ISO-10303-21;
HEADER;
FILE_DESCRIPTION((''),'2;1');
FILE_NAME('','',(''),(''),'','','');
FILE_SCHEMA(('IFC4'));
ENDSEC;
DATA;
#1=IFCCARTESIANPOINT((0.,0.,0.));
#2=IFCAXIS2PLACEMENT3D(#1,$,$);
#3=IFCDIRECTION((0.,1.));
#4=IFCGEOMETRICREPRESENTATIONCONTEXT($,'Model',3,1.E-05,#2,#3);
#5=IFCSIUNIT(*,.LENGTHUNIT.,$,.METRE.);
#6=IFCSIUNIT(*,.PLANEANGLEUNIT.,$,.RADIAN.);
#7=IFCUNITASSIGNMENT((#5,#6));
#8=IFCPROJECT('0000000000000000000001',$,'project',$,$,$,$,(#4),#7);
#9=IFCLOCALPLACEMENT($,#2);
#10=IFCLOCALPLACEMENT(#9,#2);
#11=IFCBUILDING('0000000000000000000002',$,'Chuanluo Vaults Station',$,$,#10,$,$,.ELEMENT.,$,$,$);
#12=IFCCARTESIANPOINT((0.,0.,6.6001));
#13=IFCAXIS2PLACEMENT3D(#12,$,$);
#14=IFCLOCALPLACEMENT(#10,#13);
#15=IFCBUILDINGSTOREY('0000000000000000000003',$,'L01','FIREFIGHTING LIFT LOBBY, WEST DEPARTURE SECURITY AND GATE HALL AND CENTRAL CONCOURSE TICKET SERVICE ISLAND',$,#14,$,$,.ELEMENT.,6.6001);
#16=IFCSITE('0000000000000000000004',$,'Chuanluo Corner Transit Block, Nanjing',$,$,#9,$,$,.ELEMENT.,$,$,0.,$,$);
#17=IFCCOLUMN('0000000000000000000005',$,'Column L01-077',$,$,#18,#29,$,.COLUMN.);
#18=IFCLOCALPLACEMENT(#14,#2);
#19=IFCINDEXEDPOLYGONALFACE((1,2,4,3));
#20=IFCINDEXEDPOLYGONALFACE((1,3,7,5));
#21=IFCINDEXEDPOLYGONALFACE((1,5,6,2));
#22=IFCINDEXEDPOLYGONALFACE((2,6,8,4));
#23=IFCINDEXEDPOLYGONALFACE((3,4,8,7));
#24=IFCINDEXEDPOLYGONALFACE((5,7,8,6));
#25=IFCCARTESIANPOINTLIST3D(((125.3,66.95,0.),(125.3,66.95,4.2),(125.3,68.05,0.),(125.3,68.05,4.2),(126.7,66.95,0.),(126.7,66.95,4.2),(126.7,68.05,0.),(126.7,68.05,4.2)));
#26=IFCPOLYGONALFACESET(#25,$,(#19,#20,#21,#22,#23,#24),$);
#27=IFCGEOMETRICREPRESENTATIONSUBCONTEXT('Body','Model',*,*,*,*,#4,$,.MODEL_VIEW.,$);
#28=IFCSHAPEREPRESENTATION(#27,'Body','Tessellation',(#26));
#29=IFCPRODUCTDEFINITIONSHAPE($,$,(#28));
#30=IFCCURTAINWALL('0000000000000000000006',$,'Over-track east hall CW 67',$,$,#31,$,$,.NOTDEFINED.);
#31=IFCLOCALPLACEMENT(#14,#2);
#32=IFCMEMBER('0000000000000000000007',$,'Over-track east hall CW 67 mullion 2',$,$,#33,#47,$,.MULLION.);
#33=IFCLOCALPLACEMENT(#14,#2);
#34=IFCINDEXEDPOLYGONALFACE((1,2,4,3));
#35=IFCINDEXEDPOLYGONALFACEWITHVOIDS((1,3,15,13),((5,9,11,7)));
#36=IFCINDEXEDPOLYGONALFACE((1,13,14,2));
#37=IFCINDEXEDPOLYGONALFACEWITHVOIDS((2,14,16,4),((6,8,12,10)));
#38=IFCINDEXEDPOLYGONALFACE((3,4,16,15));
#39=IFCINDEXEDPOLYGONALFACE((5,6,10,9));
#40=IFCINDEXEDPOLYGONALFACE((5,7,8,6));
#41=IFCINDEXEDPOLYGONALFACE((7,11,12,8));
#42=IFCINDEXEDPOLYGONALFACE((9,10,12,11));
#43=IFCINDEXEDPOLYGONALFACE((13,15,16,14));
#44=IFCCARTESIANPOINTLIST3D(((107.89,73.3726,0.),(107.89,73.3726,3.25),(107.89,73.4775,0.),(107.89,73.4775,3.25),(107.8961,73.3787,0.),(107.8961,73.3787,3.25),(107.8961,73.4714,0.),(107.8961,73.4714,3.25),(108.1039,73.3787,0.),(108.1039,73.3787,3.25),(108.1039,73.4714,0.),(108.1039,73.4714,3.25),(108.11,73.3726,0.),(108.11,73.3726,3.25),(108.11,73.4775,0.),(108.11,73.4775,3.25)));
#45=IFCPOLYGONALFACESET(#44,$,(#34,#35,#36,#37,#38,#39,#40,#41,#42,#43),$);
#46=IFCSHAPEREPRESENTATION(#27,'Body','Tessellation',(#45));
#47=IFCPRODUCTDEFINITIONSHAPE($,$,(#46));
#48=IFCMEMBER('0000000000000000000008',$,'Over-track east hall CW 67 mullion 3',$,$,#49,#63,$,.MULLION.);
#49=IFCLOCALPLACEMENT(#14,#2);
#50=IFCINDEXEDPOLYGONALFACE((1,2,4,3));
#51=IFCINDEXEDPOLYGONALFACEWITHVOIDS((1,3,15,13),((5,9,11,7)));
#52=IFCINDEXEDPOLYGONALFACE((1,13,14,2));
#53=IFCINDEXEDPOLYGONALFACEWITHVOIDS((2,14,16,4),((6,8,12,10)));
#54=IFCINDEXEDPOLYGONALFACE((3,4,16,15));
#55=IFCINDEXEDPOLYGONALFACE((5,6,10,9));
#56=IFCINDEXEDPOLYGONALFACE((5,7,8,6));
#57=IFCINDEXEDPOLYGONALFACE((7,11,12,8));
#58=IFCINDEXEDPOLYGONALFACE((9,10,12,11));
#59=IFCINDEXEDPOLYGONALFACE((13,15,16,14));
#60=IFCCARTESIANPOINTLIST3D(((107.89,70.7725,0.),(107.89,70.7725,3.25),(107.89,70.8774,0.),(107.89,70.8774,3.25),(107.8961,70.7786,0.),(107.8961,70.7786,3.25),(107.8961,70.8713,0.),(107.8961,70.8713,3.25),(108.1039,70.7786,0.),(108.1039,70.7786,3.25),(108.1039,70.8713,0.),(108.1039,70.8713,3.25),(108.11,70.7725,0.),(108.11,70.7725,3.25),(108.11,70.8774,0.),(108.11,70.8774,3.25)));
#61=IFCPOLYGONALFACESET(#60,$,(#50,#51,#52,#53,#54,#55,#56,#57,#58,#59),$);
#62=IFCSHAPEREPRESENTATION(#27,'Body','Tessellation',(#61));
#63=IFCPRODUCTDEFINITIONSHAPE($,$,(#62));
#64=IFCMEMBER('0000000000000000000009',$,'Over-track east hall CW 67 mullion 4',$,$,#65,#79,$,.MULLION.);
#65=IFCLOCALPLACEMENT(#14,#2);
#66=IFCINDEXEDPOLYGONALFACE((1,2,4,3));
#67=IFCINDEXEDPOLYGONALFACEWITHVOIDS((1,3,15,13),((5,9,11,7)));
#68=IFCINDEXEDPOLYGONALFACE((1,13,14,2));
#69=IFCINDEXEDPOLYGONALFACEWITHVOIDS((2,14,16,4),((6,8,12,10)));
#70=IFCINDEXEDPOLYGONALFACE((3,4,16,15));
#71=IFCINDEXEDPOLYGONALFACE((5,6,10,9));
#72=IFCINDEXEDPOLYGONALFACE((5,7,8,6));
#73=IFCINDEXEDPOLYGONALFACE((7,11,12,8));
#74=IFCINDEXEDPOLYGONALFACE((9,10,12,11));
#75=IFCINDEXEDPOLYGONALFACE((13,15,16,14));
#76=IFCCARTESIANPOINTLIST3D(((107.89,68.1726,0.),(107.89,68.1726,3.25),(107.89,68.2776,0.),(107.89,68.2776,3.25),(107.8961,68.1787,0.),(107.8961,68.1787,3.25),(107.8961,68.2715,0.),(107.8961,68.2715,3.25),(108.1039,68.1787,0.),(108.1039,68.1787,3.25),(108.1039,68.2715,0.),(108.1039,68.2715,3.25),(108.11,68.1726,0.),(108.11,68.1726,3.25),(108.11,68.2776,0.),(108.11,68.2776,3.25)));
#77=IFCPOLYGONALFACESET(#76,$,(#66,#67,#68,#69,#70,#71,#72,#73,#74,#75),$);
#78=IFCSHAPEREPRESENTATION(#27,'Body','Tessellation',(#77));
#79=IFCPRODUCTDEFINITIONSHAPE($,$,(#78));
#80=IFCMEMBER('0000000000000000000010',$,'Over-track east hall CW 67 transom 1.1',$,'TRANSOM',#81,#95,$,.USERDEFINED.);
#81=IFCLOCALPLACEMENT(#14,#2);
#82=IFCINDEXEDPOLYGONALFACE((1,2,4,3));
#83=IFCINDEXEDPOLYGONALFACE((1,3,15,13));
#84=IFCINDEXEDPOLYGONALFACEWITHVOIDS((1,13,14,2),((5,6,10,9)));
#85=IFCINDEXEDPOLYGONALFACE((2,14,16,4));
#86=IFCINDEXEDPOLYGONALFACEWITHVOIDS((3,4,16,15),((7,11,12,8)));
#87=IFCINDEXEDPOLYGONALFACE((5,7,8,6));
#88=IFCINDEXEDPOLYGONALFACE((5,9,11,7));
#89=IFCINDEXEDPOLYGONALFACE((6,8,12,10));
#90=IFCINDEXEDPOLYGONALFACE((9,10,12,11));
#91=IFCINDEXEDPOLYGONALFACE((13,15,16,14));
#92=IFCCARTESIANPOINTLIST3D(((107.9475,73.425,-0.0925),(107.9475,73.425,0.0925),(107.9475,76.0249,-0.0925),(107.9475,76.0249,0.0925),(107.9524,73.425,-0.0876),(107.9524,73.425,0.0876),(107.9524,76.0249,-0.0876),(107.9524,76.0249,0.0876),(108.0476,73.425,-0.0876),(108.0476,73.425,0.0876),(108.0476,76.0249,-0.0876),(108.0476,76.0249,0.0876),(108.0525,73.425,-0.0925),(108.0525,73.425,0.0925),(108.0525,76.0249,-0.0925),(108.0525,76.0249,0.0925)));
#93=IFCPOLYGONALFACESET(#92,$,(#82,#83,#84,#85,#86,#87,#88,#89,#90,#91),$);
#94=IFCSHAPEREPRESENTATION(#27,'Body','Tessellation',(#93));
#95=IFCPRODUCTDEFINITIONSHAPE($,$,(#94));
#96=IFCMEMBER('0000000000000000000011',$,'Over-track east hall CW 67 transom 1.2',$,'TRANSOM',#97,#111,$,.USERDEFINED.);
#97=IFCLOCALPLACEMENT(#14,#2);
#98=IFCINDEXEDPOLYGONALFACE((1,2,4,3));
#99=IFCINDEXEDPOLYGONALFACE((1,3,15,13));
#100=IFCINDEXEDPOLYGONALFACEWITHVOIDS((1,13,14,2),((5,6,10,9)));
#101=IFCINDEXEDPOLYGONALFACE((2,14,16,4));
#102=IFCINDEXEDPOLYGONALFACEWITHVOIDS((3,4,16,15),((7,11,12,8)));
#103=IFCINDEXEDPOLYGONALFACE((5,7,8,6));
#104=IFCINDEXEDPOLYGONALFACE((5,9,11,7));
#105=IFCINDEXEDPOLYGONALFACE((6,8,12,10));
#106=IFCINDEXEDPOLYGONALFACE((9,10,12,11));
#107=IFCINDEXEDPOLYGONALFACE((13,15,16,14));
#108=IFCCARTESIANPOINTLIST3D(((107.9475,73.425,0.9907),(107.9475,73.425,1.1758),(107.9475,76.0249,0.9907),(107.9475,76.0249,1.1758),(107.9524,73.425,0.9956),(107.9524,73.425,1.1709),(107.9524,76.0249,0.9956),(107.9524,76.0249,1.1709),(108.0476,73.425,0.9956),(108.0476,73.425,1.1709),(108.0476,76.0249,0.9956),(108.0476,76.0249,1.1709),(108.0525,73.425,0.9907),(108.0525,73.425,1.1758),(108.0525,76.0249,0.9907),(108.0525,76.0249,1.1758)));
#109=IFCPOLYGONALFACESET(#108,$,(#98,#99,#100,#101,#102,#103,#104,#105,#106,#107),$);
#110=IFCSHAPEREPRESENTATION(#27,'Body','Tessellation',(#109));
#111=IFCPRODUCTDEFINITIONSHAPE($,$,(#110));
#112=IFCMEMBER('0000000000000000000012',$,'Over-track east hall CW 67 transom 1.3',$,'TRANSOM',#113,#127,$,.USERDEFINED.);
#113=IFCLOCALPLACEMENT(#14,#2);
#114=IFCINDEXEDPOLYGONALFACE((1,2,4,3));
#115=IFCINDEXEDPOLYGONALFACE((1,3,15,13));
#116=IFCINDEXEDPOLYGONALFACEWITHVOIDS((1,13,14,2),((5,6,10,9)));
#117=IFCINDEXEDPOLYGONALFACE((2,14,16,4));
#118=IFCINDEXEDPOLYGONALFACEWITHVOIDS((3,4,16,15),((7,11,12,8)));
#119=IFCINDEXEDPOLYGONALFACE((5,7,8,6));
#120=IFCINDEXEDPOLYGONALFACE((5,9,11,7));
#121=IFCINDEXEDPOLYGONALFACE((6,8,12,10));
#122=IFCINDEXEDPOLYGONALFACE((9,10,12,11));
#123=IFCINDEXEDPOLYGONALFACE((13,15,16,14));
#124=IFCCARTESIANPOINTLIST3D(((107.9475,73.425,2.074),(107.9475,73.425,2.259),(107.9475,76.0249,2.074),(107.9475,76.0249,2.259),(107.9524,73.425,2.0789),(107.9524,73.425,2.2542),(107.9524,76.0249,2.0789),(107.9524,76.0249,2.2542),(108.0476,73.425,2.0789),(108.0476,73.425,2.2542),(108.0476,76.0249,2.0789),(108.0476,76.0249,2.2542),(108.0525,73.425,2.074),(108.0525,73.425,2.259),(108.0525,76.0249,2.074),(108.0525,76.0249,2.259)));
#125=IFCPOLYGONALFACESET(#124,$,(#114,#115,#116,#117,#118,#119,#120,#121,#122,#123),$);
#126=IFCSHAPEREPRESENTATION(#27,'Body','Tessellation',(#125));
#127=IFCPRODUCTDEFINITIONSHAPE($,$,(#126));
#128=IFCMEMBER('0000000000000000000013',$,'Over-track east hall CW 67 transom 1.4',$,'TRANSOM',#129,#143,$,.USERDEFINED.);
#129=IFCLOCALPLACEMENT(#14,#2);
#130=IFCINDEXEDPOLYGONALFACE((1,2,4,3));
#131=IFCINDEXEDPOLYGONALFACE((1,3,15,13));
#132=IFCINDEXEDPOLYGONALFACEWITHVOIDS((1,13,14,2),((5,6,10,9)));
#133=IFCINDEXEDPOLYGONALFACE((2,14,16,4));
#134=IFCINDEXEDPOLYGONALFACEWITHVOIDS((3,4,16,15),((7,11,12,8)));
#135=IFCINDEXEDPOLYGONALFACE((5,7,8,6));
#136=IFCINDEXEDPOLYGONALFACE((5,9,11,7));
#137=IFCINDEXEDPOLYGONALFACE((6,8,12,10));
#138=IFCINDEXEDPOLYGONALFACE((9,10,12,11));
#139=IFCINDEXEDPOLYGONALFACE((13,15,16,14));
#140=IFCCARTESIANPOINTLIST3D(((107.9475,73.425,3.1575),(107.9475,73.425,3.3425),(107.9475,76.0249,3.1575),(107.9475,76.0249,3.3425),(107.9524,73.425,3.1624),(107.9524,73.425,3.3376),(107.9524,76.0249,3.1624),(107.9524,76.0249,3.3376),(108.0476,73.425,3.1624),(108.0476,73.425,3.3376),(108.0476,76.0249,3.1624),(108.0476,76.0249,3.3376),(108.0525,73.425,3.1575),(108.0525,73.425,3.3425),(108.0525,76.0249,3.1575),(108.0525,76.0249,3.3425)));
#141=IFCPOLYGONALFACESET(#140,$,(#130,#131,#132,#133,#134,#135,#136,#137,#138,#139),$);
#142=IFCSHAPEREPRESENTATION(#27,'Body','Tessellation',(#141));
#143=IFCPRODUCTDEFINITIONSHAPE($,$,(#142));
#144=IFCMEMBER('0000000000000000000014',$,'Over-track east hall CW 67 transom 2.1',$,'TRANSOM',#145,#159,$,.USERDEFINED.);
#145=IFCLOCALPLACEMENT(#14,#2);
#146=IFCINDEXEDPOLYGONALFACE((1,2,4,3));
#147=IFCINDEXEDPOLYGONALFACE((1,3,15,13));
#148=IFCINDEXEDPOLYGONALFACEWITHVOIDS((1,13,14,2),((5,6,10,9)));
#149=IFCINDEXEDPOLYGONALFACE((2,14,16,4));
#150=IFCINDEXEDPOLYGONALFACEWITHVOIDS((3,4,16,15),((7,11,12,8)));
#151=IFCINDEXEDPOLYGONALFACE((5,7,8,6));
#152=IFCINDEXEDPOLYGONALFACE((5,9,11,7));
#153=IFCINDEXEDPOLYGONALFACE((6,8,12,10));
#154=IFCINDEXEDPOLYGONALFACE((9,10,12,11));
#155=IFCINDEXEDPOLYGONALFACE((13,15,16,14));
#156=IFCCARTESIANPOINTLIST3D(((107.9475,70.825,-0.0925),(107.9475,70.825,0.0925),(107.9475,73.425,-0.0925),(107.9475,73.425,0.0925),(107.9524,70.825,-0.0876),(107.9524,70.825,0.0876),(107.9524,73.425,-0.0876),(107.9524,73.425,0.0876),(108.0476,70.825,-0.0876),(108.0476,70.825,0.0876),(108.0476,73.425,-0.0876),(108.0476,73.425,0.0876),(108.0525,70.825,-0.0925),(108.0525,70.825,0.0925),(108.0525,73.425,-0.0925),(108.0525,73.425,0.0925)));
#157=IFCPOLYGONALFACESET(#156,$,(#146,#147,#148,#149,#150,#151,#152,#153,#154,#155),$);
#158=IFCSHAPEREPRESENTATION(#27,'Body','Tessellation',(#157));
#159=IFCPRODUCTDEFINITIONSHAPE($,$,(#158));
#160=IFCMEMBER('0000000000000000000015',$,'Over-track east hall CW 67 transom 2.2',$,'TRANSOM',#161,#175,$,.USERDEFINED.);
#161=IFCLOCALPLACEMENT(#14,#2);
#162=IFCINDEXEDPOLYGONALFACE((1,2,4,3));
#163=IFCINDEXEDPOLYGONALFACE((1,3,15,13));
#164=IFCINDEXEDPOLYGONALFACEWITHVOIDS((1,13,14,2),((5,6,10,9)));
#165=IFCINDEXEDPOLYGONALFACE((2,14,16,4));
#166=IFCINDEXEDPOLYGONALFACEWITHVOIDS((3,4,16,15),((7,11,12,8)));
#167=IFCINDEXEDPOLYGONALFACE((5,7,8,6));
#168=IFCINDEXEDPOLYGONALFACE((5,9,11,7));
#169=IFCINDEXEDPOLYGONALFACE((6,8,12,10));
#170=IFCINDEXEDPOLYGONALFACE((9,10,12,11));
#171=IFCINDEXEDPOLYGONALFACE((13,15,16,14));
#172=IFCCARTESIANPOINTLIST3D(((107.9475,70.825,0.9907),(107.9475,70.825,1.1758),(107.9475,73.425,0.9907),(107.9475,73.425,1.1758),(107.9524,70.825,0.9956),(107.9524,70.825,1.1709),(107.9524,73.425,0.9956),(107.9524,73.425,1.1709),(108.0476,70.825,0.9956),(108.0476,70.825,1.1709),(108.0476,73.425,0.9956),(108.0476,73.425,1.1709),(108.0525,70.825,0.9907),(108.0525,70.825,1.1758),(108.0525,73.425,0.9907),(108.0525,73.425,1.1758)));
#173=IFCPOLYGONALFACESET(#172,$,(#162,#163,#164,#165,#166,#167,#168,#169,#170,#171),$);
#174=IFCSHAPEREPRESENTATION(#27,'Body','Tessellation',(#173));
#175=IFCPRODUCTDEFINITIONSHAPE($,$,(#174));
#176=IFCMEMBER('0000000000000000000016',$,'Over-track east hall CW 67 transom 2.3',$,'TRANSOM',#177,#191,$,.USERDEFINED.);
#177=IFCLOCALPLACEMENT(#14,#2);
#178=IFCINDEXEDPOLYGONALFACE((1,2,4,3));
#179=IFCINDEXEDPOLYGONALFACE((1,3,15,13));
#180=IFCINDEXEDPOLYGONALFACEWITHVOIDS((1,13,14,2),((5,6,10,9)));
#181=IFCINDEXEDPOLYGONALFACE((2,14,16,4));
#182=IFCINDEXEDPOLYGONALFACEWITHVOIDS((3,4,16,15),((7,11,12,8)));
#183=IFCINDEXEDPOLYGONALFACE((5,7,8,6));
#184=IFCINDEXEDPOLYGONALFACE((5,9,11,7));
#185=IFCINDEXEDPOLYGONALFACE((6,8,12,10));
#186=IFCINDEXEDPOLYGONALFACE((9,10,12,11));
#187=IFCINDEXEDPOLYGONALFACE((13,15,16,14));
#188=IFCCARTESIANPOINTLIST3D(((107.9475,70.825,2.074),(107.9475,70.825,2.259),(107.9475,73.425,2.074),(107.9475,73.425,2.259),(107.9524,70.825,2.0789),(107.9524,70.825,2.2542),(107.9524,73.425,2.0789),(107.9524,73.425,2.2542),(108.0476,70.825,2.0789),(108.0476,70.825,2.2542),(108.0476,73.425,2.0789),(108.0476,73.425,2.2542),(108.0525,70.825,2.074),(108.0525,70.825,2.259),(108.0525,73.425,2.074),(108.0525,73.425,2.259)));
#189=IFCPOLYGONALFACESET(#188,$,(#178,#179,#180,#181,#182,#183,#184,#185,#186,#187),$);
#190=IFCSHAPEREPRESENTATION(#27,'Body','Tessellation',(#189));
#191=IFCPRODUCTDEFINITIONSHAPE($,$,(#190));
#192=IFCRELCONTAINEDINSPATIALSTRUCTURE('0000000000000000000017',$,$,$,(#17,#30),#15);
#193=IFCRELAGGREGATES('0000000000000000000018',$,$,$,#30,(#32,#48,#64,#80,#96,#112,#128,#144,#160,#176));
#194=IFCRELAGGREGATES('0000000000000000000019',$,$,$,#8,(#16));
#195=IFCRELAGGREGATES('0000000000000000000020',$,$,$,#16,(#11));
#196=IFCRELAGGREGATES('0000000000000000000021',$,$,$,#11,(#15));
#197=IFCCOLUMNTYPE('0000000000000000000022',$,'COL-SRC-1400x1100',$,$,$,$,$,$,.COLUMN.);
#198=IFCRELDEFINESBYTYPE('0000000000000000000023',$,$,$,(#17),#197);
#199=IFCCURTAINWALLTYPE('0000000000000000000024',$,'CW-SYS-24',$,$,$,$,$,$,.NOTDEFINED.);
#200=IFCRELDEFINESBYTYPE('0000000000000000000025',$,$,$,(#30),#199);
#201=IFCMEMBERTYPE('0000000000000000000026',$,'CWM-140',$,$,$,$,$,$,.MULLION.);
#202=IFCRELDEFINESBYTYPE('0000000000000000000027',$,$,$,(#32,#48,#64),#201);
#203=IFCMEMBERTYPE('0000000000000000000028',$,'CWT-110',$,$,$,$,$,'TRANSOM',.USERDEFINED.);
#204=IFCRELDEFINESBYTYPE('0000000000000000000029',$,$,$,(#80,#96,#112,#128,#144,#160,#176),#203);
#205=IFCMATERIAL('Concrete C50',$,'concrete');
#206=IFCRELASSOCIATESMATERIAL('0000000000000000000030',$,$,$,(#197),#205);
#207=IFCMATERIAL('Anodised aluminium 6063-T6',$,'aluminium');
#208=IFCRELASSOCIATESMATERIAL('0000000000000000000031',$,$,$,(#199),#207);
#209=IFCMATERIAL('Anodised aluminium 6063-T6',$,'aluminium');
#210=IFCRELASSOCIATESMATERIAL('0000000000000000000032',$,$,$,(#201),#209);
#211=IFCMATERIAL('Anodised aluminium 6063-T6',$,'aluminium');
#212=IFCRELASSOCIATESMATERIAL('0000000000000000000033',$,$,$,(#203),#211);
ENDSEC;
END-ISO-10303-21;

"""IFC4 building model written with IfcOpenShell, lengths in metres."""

from ifc_helpers import new_model, si_unit, direction, frame, origin, origin_2d, place, context, subcontext, project, spatial, rectangle, hollow_rectangle, extrude, material, material_profile, profile_set, type_object, element, aggregate, save


model = new_model("IFC4")

# Units and contexts
model_context = context("Model", 3, precision=1e-05, world=origin(), true_north=direction((0.0, 1.0)))
body_context = subcontext(model_context, "Body", "Model", "MODEL_VIEW")
ifc_project = project(units=[si_unit("LENGTHUNIT", "METRE"), si_unit("PLANEANGLEUNIT", "RADIAN")], contexts=[model_context])

# Site, building, storey
site_placement = place(None, origin())
site = spatial("IfcSite", under=ifc_project, at=site_placement, Name="Chuanluo Corner Transit Block, Nanjing", CompositionType="ELEMENT", RefElevation=0.0)
building_placement = place(site_placement, origin())
building = spatial("IfcBuilding", under=site, at=building_placement, Name="Chuanluo Vaults Station", CompositionType="ELEMENT")
storey_placement = place(building_placement, frame((0.0, 0.0, 6.6001)))
storey = spatial("IfcBuildingStorey", under=building, at=storey_placement, Name="L01", Description="FIREFIGHTING LIFT LOBBY, WEST DEPARTURE SECURITY AND GATE HALL AND CENTRAL CONCOURSE TICKET SERVICE ISLAND", CompositionType="ELEMENT", Elevation=6.6001)

# Column
ifc_material_1 = material(Name="Concrete C50", Category="concrete")
ifc_material_profile_1 = material_profile(ifc_material_1, rectangle(XDim=1.3999, YDim=1.1001, at=origin_2d()))
ifc_profile_set_1 = profile_set([ifc_material_profile_1], Name="Concrete C50")
column_type = type_object("IfcColumnType", Name="COL-SRC-1400x1100", PredefinedType="COLUMN", material=ifc_profile_set_1)
column_placement = place(storey_placement, frame((126.0, 67.5, 0.0), z_axis=(0.0, 0.0, 1.0), x_axis=(1.0, 0.0, 0.0)))
element("IfcColumn", 1, at=column_placement, inside=storey, type_object=column_type, Name="Column L01-077", PredefinedType="COLUMN", context=body_context, shape_type="SweptSolid", body=[
    extrude(rectangle(XDim=1.3999, YDim=1.1001, at=origin_2d()), origin(), (0.0, 0.0, 1.0), 4.2),
])

# Curtain wall, members
ifc_material_2 = material(Name="Anodised aluminium 6063-T6", Category="aluminium")
curtain_wall_type = type_object("IfcCurtainWallType", Name="CW-SYS-24", PredefinedType="NOTDEFINED", material=ifc_material_2)
curtain_wall_placement = place(storey_placement, origin())
curtain_wall = element("IfcCurtainWall", 2, at=curtain_wall_placement, inside=storey, type_object=curtain_wall_type, Name="Over-track east hall CW 67", PredefinedType="NOTDEFINED")
ifc_material_3 = material(Name="Anodised aluminium 6063-T6", Category="aluminium")
ifc_material_profile_2 = material_profile(ifc_material_3, hollow_rectangle(XDim=0.105, YDim=0.22, WallThickness=0.0061, at=origin_2d()))
ifc_profile_set_2 = profile_set([ifc_material_profile_2], Name="Anodised aluminium 6063-T6")
member_type_1 = type_object("IfcMemberType", Name="CWM-140", PredefinedType="MULLION", material=ifc_profile_set_2)
member_1_placement = place(storey_placement, frame((108.0, 73.425, 0.0), z_axis=(0.0, 0.0, 1.0), x_axis=(0.0, -1.0, 0.0)))
member_1 = element("IfcMember", 3, at=member_1_placement, type_object=member_type_1, Name="Over-track east hall CW 67 mullion 2", PredefinedType="MULLION", context=body_context, shape_type="SweptSolid", body=[
    extrude(hollow_rectangle(XDim=0.105, YDim=0.22, WallThickness=0.0061, at=origin_2d()), origin(), (0.0, 0.0, 1.0), 3.25),
])
member_2_placement = place(storey_placement, frame((108.0, 70.825, 0.0), z_axis=(0.0, 0.0, 1.0), x_axis=(0.0, -1.0, 0.0)))
member_2 = element("IfcMember", 4, at=member_2_placement, type_object=member_type_1, Name="Over-track east hall CW 67 mullion 3", PredefinedType="MULLION", context=body_context, shape_type="SweptSolid", body=[
    extrude(hollow_rectangle(XDim=0.105, YDim=0.22, WallThickness=0.0061, at=origin_2d()), origin(), (0.0, 0.0, 1.0), 3.25),
])
member_3_placement = place(storey_placement, frame((108.0, 68.2251, 0.0), z_axis=(0.0, 0.0, 1.0), x_axis=(0.0, -1.0, 0.0)))
member_3 = element("IfcMember", 5, at=member_3_placement, type_object=member_type_1, Name="Over-track east hall CW 67 mullion 4", PredefinedType="MULLION", context=body_context, shape_type="SweptSolid", body=[
    extrude(hollow_rectangle(XDim=0.105, YDim=0.22, WallThickness=0.0061, at=origin_2d()), origin(), (0.0, 0.0, 1.0), 3.25),
])
ifc_material_4 = material(Name="Anodised aluminium 6063-T6", Category="aluminium")
ifc_material_profile_3 = material_profile(ifc_material_4, hollow_rectangle(XDim=0.105, YDim=0.1851, WallThickness=0.0049, at=origin_2d()))
ifc_profile_set_3 = profile_set([ifc_material_profile_3], Name="Anodised aluminium 6063-T6")
member_type_2 = type_object("IfcMemberType", Name="CWT-110", ElementType="TRANSOM", PredefinedType="USERDEFINED", material=ifc_profile_set_3)
member_4_placement = place(storey_placement, frame((108.0, 76.0249, 0.0), z_axis=(0.0, -1.0, 0.0), x_axis=(1.0, 0.0, 0.0)))
member_4 = element("IfcMember", 6, at=member_4_placement, type_object=member_type_2, Name="Over-track east hall CW 67 transom 1.1", ObjectType="TRANSOM", PredefinedType="USERDEFINED", context=body_context, shape_type="SweptSolid", body=[
    extrude(hollow_rectangle(XDim=0.105, YDim=0.1851, WallThickness=0.0049, at=origin_2d()), origin(), (0.0, 0.0, 1.0), 2.5999),
])
member_5_placement = place(storey_placement, frame((108.0, 76.0249, 1.0833), z_axis=(0.0, -1.0, 0.0), x_axis=(1.0, 0.0, 0.0)))
member_5 = element("IfcMember", 7, at=member_5_placement, type_object=member_type_2, Name="Over-track east hall CW 67 transom 1.2", ObjectType="TRANSOM", PredefinedType="USERDEFINED", context=body_context, shape_type="SweptSolid", body=[
    extrude(hollow_rectangle(XDim=0.105, YDim=0.1851, WallThickness=0.0049, at=origin_2d()), origin(), (0.0, 0.0, 1.0), 2.5999),
])
member_6_placement = place(storey_placement, frame((108.0, 76.0249, 2.1665), z_axis=(0.0, -1.0, 0.0), x_axis=(1.0, 0.0, 0.0)))
member_6 = element("IfcMember", 8, at=member_6_placement, type_object=member_type_2, Name="Over-track east hall CW 67 transom 1.3", ObjectType="TRANSOM", PredefinedType="USERDEFINED", context=body_context, shape_type="SweptSolid", body=[
    extrude(hollow_rectangle(XDim=0.105, YDim=0.1851, WallThickness=0.0049, at=origin_2d()), origin(), (0.0, 0.0, 1.0), 2.5999),
])
member_7_placement = place(storey_placement, frame((108.0, 76.0249, 3.25), z_axis=(0.0, -1.0, 0.0), x_axis=(1.0, 0.0, 0.0)))
member_7 = element("IfcMember", 9, at=member_7_placement, type_object=member_type_2, Name="Over-track east hall CW 67 transom 1.4", ObjectType="TRANSOM", PredefinedType="USERDEFINED", context=body_context, shape_type="SweptSolid", body=[
    extrude(hollow_rectangle(XDim=0.105, YDim=0.1851, WallThickness=0.0049, at=origin_2d()), origin(), (0.0, 0.0, 1.0), 2.5999),
])
member_8_placement = place(storey_placement, frame((108.0, 73.425, 0.0), z_axis=(0.0, -1.0, 0.0), x_axis=(1.0, 0.0, 0.0)))
member_8 = element("IfcMember", 10, at=member_8_placement, type_object=member_type_2, Name="Over-track east hall CW 67 transom 2.1", ObjectType="TRANSOM", PredefinedType="USERDEFINED", context=body_context, shape_type="SweptSolid", body=[
    extrude(hollow_rectangle(XDim=0.105, YDim=0.1851, WallThickness=0.0049, at=origin_2d()), origin(), (0.0, 0.0, 1.0), 2.6001),
])
member_9_placement = place(storey_placement, frame((108.0, 73.425, 1.0833), z_axis=(0.0, -1.0, 0.0), x_axis=(1.0, 0.0, 0.0)))
member_9 = element("IfcMember", 11, at=member_9_placement, type_object=member_type_2, Name="Over-track east hall CW 67 transom 2.2", ObjectType="TRANSOM", PredefinedType="USERDEFINED", context=body_context, shape_type="SweptSolid", body=[
    extrude(hollow_rectangle(XDim=0.105, YDim=0.1851, WallThickness=0.0049, at=origin_2d()), origin(), (0.0, 0.0, 1.0), 2.6001),
])
member_10_placement = place(storey_placement, frame((108.0, 73.425, 2.1665), z_axis=(0.0, -1.0, 0.0), x_axis=(1.0, 0.0, 0.0)))
member_10 = element("IfcMember", 12, at=member_10_placement, type_object=member_type_2, Name="Over-track east hall CW 67 transom 2.3", ObjectType="TRANSOM", PredefinedType="USERDEFINED", context=body_context, shape_type="SweptSolid", body=[
    extrude(hollow_rectangle(XDim=0.105, YDim=0.1851, WallThickness=0.0049, at=origin_2d()), origin(), (0.0, 0.0, 1.0), 2.6001),
])
aggregate(curtain_wall, [member_1, member_2, member_3, member_4, member_5, member_6, member_7, member_8, member_9, member_10])

save(model, "model.ifc")
